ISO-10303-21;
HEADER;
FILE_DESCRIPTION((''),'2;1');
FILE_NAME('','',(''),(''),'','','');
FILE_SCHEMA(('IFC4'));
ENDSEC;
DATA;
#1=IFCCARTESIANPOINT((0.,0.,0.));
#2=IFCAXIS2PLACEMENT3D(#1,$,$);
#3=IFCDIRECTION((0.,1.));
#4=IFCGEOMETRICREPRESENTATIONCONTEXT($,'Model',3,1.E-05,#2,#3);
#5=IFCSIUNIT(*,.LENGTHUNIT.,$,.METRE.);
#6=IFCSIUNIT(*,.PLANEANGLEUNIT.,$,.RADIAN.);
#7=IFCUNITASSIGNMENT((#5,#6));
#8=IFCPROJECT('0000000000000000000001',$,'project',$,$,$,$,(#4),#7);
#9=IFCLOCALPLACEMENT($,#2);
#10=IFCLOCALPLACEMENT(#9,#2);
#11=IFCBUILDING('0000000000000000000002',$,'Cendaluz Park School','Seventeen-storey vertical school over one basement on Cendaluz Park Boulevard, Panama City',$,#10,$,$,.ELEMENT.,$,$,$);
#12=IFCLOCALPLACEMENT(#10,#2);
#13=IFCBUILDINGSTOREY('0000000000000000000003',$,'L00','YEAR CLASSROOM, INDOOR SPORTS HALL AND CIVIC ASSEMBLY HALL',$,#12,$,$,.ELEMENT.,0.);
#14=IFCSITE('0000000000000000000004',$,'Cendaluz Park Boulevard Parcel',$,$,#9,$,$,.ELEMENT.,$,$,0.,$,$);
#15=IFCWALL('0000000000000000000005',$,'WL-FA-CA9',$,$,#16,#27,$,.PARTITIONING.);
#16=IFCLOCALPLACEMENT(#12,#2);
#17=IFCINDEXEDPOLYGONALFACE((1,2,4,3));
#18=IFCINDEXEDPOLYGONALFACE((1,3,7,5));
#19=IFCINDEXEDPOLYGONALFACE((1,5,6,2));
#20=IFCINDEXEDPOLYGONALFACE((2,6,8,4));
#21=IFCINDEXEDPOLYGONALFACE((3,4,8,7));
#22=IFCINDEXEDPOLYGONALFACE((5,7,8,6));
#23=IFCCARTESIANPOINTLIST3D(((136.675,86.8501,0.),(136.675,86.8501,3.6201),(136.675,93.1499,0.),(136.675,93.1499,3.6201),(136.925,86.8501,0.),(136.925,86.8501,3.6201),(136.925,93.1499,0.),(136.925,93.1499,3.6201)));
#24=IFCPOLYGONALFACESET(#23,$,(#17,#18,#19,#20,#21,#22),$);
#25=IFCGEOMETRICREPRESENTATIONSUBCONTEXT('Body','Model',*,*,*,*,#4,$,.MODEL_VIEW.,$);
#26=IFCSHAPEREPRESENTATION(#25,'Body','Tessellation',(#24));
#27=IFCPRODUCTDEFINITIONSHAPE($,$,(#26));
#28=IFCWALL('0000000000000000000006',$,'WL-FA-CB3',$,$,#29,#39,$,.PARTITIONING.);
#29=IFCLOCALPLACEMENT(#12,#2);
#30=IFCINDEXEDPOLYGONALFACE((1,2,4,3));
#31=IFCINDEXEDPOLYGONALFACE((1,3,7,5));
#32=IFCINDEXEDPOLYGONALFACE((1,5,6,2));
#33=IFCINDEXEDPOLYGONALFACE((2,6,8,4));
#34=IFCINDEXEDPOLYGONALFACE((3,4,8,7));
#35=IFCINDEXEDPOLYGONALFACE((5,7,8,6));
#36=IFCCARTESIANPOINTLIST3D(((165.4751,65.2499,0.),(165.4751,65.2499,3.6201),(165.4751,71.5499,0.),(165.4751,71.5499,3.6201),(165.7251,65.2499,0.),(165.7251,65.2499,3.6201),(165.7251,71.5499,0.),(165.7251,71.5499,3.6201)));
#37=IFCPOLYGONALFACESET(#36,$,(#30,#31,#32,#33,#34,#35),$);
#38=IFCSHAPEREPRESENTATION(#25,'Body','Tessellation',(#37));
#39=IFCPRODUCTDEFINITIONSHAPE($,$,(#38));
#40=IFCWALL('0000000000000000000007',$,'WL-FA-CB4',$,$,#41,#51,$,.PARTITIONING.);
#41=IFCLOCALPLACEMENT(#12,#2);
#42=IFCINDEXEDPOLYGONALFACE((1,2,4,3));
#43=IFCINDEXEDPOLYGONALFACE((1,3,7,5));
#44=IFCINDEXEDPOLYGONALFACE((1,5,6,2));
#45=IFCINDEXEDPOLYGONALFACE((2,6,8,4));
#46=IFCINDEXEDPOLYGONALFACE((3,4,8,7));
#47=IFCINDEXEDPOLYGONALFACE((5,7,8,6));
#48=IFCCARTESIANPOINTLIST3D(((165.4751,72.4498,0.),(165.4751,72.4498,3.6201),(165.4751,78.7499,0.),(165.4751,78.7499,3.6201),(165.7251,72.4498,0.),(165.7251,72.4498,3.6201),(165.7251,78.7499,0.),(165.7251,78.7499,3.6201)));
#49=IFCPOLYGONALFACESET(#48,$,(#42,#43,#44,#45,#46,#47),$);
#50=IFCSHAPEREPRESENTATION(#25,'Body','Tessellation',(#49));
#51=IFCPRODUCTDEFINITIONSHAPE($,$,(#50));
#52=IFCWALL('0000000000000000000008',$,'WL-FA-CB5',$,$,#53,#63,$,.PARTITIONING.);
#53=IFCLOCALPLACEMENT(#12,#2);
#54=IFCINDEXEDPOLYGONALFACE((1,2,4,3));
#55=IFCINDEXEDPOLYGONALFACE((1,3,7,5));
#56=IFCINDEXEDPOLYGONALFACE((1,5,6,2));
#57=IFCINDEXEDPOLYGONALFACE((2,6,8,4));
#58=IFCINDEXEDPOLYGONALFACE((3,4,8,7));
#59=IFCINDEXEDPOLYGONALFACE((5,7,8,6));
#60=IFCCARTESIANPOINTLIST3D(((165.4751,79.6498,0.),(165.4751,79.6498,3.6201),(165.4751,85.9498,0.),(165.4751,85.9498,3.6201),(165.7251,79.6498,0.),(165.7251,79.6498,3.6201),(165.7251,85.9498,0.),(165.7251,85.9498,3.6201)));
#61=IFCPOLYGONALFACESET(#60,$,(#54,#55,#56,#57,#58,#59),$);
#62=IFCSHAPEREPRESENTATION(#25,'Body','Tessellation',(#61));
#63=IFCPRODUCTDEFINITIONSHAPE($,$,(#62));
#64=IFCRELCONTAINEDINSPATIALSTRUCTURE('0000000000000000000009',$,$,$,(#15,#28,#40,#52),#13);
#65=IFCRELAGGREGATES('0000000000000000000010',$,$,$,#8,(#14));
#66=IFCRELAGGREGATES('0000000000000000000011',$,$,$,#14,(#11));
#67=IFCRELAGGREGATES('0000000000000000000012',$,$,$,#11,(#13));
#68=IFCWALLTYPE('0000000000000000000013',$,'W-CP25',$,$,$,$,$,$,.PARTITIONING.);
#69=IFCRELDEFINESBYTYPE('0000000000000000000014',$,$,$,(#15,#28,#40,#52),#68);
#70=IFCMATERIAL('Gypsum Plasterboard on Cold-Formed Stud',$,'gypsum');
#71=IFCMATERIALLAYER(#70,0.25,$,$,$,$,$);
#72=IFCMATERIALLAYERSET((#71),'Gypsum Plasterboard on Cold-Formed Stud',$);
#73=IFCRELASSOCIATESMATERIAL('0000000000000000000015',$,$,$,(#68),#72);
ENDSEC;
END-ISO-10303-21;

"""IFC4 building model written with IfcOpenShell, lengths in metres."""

from ifc_helpers import new_model, si_unit, direction, frame, frame_2d, origin, place, context, subcontext, project, spatial, rectangle, extrude, material, layer, layer_set, type_object, element, save


model = new_model("IFC4")

# Units and contexts
model_context = context("Model", 3, precision=1e-05, world=origin(), true_north=direction((0.0, 1.0)))
body_context = subcontext(model_context, "Body", "Model", "MODEL_VIEW")
ifc_project = project(units=[si_unit("LENGTHUNIT", "METRE"), si_unit("PLANEANGLEUNIT", "RADIAN")], contexts=[model_context])

# Site, building, storey
site_placement = place(None, origin())
site = spatial("IfcSite", under=ifc_project, at=site_placement, Name="Cendaluz Park Boulevard Parcel", CompositionType="ELEMENT", RefElevation=0.0)
building_placement = place(site_placement, origin())
building = spatial("IfcBuilding", under=site, at=building_placement, Name="Cendaluz Park School", Description="Seventeen-storey vertical school over one basement on Cendaluz Park Boulevard, Panama City", CompositionType="ELEMENT")
storey_placement = place(building_placement, origin())
storey = spatial("IfcBuildingStorey", under=building, at=storey_placement, Name="L00", Description="YEAR CLASSROOM, INDOOR SPORTS HALL AND CIVIC ASSEMBLY HALL", CompositionType="ELEMENT", Elevation=0.0)

# Walls
ifc_material_1 = material(Name="Gypsum Plasterboard on Cold-Formed Stud", Category="gypsum")
ifc_layer = layer(ifc_material_1, 0.25)
ifc_layer_set = layer_set([ifc_layer], Name="Gypsum Plasterboard on Cold-Formed Stud")
wall_type = type_object("IfcWallType", Name="W-CP25", PredefinedType="PARTITIONING", material=ifc_layer_set)
wall_1_placement = place(storey_placement, frame((136.8, 86.8501, 0.0), z_axis=(0.0, 0.0, 1.0), x_axis=(0.0, 1.0, 0.0)))
element("IfcWall", 1, at=wall_1_placement, inside=storey, type_object=wall_type, Name="WL-FA-CA9", PredefinedType="PARTITIONING", context=body_context, shape_type="SweptSolid", body=[
    extrude(rectangle(XDim=6.2998, YDim=0.25, at=frame_2d((3.1499, 0.0))), origin(), (0.0, 0.0, 1.0), 3.6201),
])
for number, where, z_axis, x_axis, name in (
    (2, (165.6001, 65.25, 0.0), (0.0, 0.0, 1.0), (0.0, 1.0, 0.0), "WL-FA-CB3"),
    (3, (165.6001, 72.45, 0.0), (0.0, 0.0, 1.0), (0.0, 1.0, 0.0), "WL-FA-CB4"),
    (4, (165.6001, 79.6499, 0.0), (0.0, 0.0, 1.0), (0.0, 1.0, 0.0), "WL-FA-CB5"),
):
    element("IfcWall", number, at=place(storey_placement, frame(where, z_axis=z_axis, x_axis=x_axis)), inside=storey, type_object=wall_type, Name=name, PredefinedType="PARTITIONING", context=body_context, shape_type="SweptSolid", body=[
        extrude(rectangle(XDim=6.3, YDim=0.25, at=frame_2d((3.1499, 0.0))), origin(), (0.0, 0.0, 1.0), 3.6201),
    ])

save(model, "model.ifc")
